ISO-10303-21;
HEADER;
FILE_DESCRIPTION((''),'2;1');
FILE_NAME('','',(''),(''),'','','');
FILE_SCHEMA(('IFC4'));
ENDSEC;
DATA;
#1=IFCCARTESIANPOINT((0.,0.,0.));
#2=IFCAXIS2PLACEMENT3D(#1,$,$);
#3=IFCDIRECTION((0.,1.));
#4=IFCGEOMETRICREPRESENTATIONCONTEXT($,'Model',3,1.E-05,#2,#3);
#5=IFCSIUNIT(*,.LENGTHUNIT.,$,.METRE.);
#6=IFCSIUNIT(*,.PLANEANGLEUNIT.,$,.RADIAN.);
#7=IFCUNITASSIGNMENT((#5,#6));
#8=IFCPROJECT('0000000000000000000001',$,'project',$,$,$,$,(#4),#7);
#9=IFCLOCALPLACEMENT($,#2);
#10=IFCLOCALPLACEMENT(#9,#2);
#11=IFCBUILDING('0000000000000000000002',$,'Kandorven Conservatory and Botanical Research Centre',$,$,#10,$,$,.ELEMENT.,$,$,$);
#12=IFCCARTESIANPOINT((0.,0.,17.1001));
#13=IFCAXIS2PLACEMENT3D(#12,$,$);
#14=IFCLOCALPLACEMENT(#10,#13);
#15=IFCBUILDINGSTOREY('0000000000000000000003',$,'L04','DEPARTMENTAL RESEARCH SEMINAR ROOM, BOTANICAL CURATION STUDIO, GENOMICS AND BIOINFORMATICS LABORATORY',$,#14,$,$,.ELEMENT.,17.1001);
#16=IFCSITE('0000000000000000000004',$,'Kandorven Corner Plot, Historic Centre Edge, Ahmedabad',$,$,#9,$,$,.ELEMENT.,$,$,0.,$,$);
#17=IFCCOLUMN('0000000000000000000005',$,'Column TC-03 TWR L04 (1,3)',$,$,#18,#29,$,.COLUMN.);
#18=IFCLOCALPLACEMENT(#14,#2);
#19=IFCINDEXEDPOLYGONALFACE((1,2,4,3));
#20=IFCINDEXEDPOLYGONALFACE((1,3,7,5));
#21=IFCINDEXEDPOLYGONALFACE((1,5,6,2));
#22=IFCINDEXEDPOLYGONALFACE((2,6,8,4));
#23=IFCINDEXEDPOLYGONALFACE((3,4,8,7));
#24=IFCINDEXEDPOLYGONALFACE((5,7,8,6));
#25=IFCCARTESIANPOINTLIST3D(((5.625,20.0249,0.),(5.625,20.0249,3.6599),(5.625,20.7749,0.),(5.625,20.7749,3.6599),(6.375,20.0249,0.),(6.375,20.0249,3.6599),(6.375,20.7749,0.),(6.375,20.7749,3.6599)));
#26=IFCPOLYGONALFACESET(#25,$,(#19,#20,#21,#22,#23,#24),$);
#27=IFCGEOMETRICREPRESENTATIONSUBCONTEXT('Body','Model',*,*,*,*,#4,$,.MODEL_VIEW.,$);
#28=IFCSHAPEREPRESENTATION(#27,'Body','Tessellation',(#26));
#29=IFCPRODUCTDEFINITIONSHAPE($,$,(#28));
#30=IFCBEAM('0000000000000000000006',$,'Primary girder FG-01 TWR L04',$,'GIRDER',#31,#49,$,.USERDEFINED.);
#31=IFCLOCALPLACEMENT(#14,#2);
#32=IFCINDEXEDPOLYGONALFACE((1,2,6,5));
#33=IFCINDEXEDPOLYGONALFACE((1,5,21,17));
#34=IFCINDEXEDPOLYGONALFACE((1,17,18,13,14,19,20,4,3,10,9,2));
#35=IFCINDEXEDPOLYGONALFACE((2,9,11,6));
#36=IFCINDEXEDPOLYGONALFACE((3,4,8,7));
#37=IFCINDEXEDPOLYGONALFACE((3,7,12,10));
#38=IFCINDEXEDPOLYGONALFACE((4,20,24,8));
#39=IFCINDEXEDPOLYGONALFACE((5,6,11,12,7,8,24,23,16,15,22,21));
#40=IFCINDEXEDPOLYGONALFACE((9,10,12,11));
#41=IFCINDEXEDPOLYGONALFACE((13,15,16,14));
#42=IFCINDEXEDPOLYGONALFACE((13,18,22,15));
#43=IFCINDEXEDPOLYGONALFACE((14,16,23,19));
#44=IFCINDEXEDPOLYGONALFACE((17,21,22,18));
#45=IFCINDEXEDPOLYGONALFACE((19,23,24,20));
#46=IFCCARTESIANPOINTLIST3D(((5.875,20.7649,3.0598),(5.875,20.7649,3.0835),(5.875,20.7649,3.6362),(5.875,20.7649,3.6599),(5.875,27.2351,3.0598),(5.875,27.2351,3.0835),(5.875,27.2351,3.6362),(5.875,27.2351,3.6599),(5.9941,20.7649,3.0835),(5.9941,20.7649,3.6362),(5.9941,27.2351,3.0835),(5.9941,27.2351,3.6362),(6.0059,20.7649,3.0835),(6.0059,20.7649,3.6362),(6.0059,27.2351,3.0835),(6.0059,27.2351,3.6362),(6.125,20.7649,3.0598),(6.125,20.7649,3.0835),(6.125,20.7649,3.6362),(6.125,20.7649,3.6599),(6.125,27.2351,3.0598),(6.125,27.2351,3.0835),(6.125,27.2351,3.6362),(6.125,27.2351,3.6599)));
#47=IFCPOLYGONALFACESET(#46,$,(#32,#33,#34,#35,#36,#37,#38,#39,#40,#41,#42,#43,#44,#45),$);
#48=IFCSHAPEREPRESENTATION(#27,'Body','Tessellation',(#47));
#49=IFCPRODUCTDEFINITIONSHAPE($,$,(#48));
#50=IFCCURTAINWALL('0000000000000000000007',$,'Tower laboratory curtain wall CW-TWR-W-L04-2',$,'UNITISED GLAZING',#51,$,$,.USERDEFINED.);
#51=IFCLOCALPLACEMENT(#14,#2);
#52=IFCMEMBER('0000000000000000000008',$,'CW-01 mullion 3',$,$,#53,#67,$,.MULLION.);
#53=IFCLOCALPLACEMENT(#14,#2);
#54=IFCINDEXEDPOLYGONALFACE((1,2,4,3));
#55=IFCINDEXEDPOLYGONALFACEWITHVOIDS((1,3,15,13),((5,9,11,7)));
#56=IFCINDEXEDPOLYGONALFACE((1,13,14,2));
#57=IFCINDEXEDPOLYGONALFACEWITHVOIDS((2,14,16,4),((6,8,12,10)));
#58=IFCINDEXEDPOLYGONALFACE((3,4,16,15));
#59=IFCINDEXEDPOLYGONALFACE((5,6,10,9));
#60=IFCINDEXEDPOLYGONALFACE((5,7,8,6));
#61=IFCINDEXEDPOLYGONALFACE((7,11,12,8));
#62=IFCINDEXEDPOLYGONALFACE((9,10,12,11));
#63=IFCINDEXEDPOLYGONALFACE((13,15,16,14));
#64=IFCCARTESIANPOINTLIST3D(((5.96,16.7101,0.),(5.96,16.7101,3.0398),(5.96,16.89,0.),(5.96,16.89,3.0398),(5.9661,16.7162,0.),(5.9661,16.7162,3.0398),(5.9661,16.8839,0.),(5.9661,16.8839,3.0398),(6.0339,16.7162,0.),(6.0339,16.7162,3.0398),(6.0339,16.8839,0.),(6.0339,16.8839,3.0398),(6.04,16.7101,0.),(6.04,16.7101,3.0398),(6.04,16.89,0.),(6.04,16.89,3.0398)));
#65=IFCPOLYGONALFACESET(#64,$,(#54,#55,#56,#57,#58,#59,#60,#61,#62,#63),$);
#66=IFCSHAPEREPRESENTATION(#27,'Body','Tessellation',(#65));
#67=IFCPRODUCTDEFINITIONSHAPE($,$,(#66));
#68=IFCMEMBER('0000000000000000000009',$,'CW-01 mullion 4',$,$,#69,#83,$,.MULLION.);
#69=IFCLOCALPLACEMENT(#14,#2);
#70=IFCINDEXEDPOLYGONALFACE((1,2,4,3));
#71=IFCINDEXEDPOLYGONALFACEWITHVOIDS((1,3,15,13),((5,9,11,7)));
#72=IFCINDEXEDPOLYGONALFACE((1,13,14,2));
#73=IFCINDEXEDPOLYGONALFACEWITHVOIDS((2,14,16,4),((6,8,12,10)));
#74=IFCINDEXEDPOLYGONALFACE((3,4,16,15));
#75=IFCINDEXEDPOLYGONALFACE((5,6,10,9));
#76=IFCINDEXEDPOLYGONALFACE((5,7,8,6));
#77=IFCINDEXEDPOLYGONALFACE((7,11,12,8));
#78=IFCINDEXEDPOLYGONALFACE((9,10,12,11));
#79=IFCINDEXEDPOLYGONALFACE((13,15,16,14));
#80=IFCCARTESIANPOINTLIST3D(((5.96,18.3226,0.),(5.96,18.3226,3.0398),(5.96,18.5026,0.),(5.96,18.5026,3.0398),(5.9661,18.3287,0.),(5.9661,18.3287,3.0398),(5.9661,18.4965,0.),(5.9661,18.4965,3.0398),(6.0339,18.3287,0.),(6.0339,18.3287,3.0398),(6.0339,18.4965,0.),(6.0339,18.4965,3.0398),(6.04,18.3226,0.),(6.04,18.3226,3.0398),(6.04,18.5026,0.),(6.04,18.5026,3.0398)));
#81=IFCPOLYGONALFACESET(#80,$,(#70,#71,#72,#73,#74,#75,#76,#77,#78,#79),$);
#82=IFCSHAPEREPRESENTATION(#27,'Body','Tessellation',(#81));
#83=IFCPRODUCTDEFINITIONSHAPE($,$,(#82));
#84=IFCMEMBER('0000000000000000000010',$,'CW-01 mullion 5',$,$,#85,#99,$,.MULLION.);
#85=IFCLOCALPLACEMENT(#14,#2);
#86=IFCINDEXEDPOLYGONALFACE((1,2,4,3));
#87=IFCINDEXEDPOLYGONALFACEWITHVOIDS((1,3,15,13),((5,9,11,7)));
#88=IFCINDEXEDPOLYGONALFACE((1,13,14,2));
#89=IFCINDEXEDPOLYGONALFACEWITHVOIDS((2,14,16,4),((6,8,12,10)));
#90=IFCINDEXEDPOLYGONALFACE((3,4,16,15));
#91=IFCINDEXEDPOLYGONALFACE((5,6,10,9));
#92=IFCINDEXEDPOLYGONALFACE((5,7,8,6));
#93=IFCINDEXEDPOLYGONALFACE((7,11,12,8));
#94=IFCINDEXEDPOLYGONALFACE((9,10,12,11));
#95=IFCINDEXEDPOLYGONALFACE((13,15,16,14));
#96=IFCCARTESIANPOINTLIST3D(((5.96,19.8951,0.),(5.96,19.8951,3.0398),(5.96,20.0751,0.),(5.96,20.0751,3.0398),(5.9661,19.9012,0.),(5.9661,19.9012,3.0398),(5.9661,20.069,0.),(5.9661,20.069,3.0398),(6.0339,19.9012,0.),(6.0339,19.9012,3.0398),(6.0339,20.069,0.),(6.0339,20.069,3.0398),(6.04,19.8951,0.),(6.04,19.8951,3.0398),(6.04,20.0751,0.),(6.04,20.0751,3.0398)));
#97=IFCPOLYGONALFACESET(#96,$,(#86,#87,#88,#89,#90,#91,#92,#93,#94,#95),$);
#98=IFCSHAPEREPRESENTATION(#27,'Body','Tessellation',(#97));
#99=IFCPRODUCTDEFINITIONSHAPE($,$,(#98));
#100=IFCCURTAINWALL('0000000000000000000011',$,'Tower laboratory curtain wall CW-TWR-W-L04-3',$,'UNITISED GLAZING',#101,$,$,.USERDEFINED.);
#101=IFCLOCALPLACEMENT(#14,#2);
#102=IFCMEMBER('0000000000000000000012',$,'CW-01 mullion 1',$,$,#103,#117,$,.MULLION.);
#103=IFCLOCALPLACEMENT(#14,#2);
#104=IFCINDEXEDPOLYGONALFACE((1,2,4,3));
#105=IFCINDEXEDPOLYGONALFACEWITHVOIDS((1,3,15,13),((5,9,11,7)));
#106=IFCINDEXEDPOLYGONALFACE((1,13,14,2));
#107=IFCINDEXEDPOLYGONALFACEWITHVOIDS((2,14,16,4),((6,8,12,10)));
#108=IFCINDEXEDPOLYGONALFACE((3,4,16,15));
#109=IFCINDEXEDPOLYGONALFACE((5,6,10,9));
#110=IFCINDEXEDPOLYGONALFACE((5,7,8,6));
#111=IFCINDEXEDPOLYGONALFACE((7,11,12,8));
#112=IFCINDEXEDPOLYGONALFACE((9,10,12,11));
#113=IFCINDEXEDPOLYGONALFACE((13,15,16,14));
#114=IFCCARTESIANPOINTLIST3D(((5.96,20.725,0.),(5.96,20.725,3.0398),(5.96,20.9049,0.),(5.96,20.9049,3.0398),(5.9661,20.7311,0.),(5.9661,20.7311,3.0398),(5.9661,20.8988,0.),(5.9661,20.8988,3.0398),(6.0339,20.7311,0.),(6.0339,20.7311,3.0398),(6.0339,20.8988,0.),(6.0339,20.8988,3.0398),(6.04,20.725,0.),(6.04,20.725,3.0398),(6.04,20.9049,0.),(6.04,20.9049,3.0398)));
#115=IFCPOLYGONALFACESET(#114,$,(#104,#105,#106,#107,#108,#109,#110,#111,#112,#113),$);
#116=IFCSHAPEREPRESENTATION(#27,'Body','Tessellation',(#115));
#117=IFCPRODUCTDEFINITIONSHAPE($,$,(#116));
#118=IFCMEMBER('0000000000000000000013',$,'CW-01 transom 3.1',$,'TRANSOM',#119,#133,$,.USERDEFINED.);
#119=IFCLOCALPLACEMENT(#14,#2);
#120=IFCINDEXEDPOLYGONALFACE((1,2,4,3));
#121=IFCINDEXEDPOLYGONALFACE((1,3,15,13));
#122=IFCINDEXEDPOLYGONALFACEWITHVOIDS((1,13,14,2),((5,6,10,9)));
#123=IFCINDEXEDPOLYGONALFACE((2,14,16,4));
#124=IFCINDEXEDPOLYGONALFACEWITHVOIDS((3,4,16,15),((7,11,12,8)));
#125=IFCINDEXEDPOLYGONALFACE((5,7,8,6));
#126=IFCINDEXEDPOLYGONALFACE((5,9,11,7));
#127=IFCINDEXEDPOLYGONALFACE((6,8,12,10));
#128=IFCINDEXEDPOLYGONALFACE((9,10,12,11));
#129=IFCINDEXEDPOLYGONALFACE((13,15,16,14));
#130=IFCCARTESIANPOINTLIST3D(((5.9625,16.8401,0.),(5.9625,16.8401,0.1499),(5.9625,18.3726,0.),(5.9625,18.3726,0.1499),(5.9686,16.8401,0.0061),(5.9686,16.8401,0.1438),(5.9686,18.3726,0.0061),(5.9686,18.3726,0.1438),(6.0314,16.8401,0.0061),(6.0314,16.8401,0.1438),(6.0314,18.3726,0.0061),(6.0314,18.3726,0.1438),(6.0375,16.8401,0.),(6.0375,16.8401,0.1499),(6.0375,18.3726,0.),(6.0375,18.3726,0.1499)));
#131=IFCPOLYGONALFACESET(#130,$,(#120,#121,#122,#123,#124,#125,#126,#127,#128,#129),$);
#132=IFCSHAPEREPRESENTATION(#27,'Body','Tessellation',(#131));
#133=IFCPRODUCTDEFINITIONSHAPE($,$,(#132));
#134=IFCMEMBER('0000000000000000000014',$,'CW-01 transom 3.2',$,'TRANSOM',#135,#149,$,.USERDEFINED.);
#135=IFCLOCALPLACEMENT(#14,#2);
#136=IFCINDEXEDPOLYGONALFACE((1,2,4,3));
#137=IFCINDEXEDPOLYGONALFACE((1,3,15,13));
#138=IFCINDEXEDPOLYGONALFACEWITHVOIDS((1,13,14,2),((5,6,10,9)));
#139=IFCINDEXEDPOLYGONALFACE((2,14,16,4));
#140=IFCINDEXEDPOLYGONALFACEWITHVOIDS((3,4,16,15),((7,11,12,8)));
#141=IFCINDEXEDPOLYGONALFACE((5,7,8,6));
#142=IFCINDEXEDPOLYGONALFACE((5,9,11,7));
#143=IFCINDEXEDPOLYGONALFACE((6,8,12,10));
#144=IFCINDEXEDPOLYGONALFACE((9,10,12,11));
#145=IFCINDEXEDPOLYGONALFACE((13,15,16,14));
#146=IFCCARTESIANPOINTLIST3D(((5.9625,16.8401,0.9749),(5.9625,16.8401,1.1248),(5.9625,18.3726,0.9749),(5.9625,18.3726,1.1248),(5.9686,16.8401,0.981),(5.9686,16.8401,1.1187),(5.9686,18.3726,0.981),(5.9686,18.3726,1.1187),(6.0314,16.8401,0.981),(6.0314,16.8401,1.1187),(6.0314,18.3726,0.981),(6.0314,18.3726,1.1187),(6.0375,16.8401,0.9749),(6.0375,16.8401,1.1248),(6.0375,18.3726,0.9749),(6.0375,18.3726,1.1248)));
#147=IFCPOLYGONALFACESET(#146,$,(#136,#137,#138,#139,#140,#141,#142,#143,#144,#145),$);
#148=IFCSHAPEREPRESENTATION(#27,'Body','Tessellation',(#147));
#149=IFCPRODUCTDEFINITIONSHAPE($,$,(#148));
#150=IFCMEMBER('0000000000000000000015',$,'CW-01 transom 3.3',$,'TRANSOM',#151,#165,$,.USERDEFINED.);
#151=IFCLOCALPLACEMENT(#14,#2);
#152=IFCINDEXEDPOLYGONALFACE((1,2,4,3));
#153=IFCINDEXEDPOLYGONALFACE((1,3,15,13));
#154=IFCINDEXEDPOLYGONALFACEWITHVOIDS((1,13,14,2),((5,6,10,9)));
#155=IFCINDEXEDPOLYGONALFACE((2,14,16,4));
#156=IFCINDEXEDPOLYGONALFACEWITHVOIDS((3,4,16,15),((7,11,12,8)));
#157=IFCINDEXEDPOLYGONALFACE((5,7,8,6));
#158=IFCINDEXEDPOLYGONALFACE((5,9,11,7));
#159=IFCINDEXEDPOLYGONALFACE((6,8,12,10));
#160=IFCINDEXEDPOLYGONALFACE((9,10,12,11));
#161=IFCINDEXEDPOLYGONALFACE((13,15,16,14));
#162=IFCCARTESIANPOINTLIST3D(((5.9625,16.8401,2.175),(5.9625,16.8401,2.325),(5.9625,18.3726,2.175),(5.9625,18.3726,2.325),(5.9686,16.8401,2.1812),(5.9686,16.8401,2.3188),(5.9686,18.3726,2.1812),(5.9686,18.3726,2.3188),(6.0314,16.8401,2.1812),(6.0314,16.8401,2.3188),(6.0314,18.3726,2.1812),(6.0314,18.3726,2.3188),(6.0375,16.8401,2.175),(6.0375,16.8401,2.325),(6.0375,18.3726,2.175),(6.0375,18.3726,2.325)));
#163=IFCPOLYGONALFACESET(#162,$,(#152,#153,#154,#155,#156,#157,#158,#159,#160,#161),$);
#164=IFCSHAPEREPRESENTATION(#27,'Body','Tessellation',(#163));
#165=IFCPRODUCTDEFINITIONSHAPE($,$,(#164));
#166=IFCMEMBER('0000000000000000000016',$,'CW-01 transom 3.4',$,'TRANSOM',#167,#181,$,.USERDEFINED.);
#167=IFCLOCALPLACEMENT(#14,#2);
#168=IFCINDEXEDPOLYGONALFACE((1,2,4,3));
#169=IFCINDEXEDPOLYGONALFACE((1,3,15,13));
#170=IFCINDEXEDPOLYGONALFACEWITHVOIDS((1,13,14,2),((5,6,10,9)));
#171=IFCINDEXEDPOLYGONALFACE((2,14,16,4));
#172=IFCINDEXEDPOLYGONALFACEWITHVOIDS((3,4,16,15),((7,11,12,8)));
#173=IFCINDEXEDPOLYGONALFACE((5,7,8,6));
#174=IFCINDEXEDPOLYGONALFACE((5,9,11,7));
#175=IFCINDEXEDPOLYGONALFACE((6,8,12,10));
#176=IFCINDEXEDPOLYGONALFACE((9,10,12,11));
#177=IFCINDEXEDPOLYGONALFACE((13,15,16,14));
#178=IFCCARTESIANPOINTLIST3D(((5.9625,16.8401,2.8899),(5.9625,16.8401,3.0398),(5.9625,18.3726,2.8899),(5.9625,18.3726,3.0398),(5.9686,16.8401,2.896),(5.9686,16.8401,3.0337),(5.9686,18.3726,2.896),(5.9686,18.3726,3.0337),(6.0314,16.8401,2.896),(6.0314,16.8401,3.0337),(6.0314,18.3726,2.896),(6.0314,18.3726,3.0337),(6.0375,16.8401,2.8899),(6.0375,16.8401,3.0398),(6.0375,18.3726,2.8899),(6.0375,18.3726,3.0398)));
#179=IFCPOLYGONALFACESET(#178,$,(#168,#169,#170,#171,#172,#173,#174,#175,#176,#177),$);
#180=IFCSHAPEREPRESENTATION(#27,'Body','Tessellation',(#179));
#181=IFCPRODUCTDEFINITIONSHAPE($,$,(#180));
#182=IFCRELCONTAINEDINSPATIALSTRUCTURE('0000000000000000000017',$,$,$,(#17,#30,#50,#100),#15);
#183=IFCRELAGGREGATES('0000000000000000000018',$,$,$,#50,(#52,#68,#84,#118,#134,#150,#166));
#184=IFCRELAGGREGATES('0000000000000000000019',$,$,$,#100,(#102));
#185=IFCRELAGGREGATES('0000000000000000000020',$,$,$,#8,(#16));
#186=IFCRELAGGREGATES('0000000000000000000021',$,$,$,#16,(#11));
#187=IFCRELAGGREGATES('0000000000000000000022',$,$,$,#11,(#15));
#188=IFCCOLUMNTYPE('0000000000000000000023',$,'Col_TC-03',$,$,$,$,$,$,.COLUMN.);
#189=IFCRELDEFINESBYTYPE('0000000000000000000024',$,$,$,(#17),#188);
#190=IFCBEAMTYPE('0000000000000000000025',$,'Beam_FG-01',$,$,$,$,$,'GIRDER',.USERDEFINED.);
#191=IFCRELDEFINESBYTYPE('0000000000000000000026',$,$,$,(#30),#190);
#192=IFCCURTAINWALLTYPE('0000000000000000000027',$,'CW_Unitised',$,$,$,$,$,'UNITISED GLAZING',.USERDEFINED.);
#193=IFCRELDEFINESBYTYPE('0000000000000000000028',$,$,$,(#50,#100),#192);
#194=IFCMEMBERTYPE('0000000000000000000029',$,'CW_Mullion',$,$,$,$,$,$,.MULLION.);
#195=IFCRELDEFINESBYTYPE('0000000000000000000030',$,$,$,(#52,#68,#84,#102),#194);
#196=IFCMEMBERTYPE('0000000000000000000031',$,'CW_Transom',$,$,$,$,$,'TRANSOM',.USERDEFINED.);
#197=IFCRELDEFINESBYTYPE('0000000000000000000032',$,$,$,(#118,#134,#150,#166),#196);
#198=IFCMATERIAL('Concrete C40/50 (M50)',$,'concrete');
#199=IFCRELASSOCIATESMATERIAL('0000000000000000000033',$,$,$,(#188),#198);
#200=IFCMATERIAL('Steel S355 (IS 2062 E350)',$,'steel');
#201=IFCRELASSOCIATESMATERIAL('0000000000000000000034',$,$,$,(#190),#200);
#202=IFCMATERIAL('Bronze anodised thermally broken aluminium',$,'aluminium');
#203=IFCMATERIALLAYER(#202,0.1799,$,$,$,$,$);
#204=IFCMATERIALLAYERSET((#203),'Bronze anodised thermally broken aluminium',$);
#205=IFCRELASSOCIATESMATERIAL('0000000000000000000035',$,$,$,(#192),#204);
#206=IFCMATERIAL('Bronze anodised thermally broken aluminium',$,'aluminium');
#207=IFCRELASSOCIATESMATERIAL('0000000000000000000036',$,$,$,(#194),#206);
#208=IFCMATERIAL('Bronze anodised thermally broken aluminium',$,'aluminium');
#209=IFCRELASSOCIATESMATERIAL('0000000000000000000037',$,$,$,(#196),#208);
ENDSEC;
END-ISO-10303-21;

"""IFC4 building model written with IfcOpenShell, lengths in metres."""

from ifc_helpers import new_model, si_unit, direction, frame, origin, origin_2d, place, context, subcontext, project, spatial, rectangle, hollow_rectangle, i_section, extrude, material, layer, layer_set, material_profile, profile_set, type_object, element, aggregate, save


model = new_model("IFC4")

# Units and contexts
model_context = context("Model", 3, precision=1e-05, world=origin(), true_north=direction((0.0, 1.0)))
body_context = subcontext(model_context, "Body", "Model", "MODEL_VIEW")
ifc_project = project(units=[si_unit("LENGTHUNIT", "METRE"), si_unit("PLANEANGLEUNIT", "RADIAN")], contexts=[model_context])

# Site, building, storey
site_placement = place(None, origin())
site = spatial("IfcSite", under=ifc_project, at=site_placement, Name="Kandorven Corner Plot, Historic Centre Edge, Ahmedabad", CompositionType="ELEMENT", RefElevation=0.0)
building_placement = place(site_placement, origin())
building = spatial("IfcBuilding", under=site, at=building_placement, Name="Kandorven Conservatory and Botanical Research Centre", CompositionType="ELEMENT")
storey_placement = place(building_placement, frame((0.0, 0.0, 17.1001)))
storey = spatial("IfcBuildingStorey", under=building, at=storey_placement, Name="L04", Description="DEPARTMENTAL RESEARCH SEMINAR ROOM, BOTANICAL CURATION STUDIO, GENOMICS AND BIOINFORMATICS LABORATORY", CompositionType="ELEMENT", Elevation=17.1001)

# Column
ifc_material_1 = material(Name="Concrete C40/50 (M50)", Category="concrete")
ifc_material_profile_1 = material_profile(ifc_material_1, rectangle(XDim=0.75, YDim=0.75, at=origin_2d()))
ifc_profile_set_1 = profile_set([ifc_material_profile_1], Name="Concrete C40/50 (M50)")
column_type = type_object("IfcColumnType", Name="Col_TC-03", PredefinedType="COLUMN", material=ifc_profile_set_1)
column_placement = place(storey_placement, frame((6.0, 20.3999, 0.0), z_axis=(0.0, 0.0, 1.0), x_axis=(1.0, 0.0, 0.0)))
element("IfcColumn", 1, at=column_placement, inside=storey, type_object=column_type, Name="Column TC-03 TWR L04 (1,3)", PredefinedType="COLUMN", context=body_context, shape_type="SweptSolid", body=[
    extrude(rectangle(XDim=0.75, YDim=0.75, at=origin_2d()), origin(), (0.0, 0.0, 1.0), 3.6599),
])

# Beam
ifc_material_2 = material(Name="Steel S355 (IS 2062 E350)", Category="steel")
ifc_material_profile_2 = material_profile(ifc_material_2, i_section(OverallWidth=0.25, OverallDepth=0.6001, WebThickness=0.0117, FlangeThickness=0.0237, at=origin_2d()))
ifc_profile_set_2 = profile_set([ifc_material_profile_2], Name="Steel S355 (IS 2062 E350)")
beam_type = type_object("IfcBeamType", Name="Beam_FG-01", ElementType="GIRDER", PredefinedType="USERDEFINED", material=ifc_profile_set_2)
beam_placement = place(storey_placement, frame((6.0, 20.7649, 3.3599), z_axis=(0.0, 1.0, 0.0), x_axis=(-1.0, 0.0, 0.0)))
element("IfcBeam", 2, at=beam_placement, inside=storey, type_object=beam_type, Name="Primary girder FG-01 TWR L04", ObjectType="GIRDER", PredefinedType="USERDEFINED", context=body_context, shape_type="SweptSolid", body=[
    extrude(i_section(OverallWidth=0.25, OverallDepth=0.6001, WebThickness=0.0117, FlangeThickness=0.0237, at=origin_2d()), origin(), (0.0, 0.0, 1.0), 6.4702),
])

# Curtain wall, members
ifc_material_3 = material(Name="Bronze anodised thermally broken aluminium", Category="aluminium")
ifc_layer_1 = layer(ifc_material_3, 0.1799)
ifc_layer_set_1 = layer_set([ifc_layer_1], Name="Bronze anodised thermally broken aluminium")
curtain_wall_type = type_object("IfcCurtainWallType", Name="CW_Unitised", ElementType="UNITISED GLAZING", PredefinedType="USERDEFINED", material=ifc_layer_set_1)
curtain_wall_1_placement = place(storey_placement, origin())
curtain_wall_1 = element("IfcCurtainWall", 3, at=curtain_wall_1_placement, inside=storey, type_object=curtain_wall_type, Name="Tower laboratory curtain wall CW-TWR-W-L04-2", ObjectType="UNITISED GLAZING", PredefinedType="USERDEFINED")
ifc_material_4 = material(Name="Bronze anodised thermally broken aluminium", Category="aluminium")
ifc_material_profile_3 = material_profile(ifc_material_4, hollow_rectangle(XDim=0.0801, YDim=0.1799, WallThickness=0.0061, at=origin_2d()))
ifc_profile_set_3 = profile_set([ifc_material_profile_3], Name="Bronze anodised thermally broken aluminium")
member_type_1 = type_object("IfcMemberType", Name="CW_Mullion", PredefinedType="MULLION", material=ifc_profile_set_3)
member_1_placement = place(storey_placement, frame((6.0, 16.8, 0.0), z_axis=(0.0, 0.0, 1.0), x_axis=(-1.0, 0.0, 0.0)))
member_1 = element("IfcMember", 4, at=member_1_placement, type_object=member_type_1, Name="CW-01 mullion 3", PredefinedType="MULLION", context=body_context, shape_type="SweptSolid", body=[
    extrude(hollow_rectangle(XDim=0.0801, YDim=0.1799, WallThickness=0.0061, at=origin_2d()), origin(), (0.0, 0.0, 1.0), 3.0398),
])
member_2_placement = place(storey_placement, frame((6.0, 18.4126, 0.0), z_axis=(0.0, 0.0, 1.0), x_axis=(-1.0, 0.0, 0.0)))
member_2 = element("IfcMember", 5, at=member_2_placement, type_object=member_type_1, Name="CW-01 mullion 4", PredefinedType="MULLION", context=body_context, shape_type="SweptSolid", body=[
    extrude(hollow_rectangle(XDim=0.0801, YDim=0.1799, WallThickness=0.0061, at=origin_2d()), origin(), (0.0, 0.0, 1.0), 3.0398),
])
member_3_placement = place(storey_placement, frame((6.0, 19.9851, 0.0), z_axis=(0.0, 0.0, 1.0), x_axis=(-1.0, 0.0, 0.0)))
member_3 = element("IfcMember", 6, at=member_3_placement, type_object=member_type_1, Name="CW-01 mullion 5", PredefinedType="MULLION", context=body_context, shape_type="SweptSolid", body=[
    extrude(hollow_rectangle(XDim=0.0801, YDim=0.1799, WallThickness=0.0061, at=origin_2d()), origin(), (0.0, 0.0, 1.0), 3.0398),
])

# Curtain wall, member
curtain_wall_2_placement = place(storey_placement, origin())
curtain_wall_2 = element("IfcCurtainWall", 7, at=curtain_wall_2_placement, inside=storey, type_object=curtain_wall_type, Name="Tower laboratory curtain wall CW-TWR-W-L04-3", ObjectType="UNITISED GLAZING", PredefinedType="USERDEFINED")
member_4_placement = place(storey_placement, frame((6.0, 20.8149, 0.0), z_axis=(0.0, 0.0, 1.0), x_axis=(-1.0, 0.0, 0.0)))
member_4 = element("IfcMember", 8, at=member_4_placement, type_object=member_type_1, Name="CW-01 mullion 1", PredefinedType="MULLION", context=body_context, shape_type="SweptSolid", body=[
    extrude(hollow_rectangle(XDim=0.0801, YDim=0.1799, WallThickness=0.0061, at=origin_2d()), origin(), (0.0, 0.0, 1.0), 3.0398),
])

# Members
ifc_material_5 = material(Name="Bronze anodised thermally broken aluminium", Category="aluminium")
ifc_material_profile_4 = material_profile(ifc_material_5, hollow_rectangle(XDim=0.075, YDim=0.1499, WallThickness=0.0061, at=origin_2d()))
ifc_profile_set_4 = profile_set([ifc_material_profile_4], Name="Bronze anodised thermally broken aluminium")
member_type_2 = type_object("IfcMemberType", Name="CW_Transom", ElementType="TRANSOM", PredefinedType="USERDEFINED", material=ifc_profile_set_4)
member_5_placement = place(storey_placement, frame((6.0, 16.8401, 0.075), z_axis=(0.0, 1.0, 0.0), x_axis=(-1.0, 0.0, 0.0)))
member_5 = element("IfcMember", 9, at=member_5_placement, type_object=member_type_2, Name="CW-01 transom 3.1", ObjectType="TRANSOM", PredefinedType="USERDEFINED", context=body_context, shape_type="SweptSolid", body=[
    extrude(hollow_rectangle(XDim=0.075, YDim=0.1499, WallThickness=0.0061, at=origin_2d()), origin(), (0.0, 0.0, 1.0), 1.5325),
])
member_6_placement = place(storey_placement, frame((6.0, 16.8401, 1.0498), z_axis=(0.0, 1.0, 0.0), x_axis=(-1.0, 0.0, 0.0)))
member_6 = element("IfcMember", 10, at=member_6_placement, type_object=member_type_2, Name="CW-01 transom 3.2", ObjectType="TRANSOM", PredefinedType="USERDEFINED", context=body_context, shape_type="SweptSolid", body=[
    extrude(hollow_rectangle(XDim=0.075, YDim=0.1499, WallThickness=0.0061, at=origin_2d()), origin(), (0.0, 0.0, 1.0), 1.5325),
])
member_7_placement = place(storey_placement, frame((6.0, 16.8401, 2.25), z_axis=(0.0, 1.0, 0.0), x_axis=(-1.0, 0.0, 0.0)))
member_7 = element("IfcMember", 11, at=member_7_placement, type_object=member_type_2, Name="CW-01 transom 3.3", ObjectType="TRANSOM", PredefinedType="USERDEFINED", context=body_context, shape_type="SweptSolid", body=[
    extrude(hollow_rectangle(XDim=0.075, YDim=0.1499, WallThickness=0.0061, at=origin_2d()), origin(), (0.0, 0.0, 1.0), 1.5325),
])
member_8_placement = place(storey_placement, frame((6.0, 16.8401, 2.9648), z_axis=(0.0, 1.0, 0.0), x_axis=(-1.0, 0.0, 0.0)))
member_8 = element("IfcMember", 12, at=member_8_placement, type_object=member_type_2, Name="CW-01 transom 3.4", ObjectType="TRANSOM", PredefinedType="USERDEFINED", context=body_context, shape_type="SweptSolid", body=[
    extrude(hollow_rectangle(XDim=0.075, YDim=0.1499, WallThickness=0.0061, at=origin_2d()), origin(), (0.0, 0.0, 1.0), 1.5325),
])

aggregate(curtain_wall_1, [member_1, member_2, member_3, member_5, member_6, member_7, member_8])
aggregate(curtain_wall_2, [member_4])

save(model, "model.ifc")
